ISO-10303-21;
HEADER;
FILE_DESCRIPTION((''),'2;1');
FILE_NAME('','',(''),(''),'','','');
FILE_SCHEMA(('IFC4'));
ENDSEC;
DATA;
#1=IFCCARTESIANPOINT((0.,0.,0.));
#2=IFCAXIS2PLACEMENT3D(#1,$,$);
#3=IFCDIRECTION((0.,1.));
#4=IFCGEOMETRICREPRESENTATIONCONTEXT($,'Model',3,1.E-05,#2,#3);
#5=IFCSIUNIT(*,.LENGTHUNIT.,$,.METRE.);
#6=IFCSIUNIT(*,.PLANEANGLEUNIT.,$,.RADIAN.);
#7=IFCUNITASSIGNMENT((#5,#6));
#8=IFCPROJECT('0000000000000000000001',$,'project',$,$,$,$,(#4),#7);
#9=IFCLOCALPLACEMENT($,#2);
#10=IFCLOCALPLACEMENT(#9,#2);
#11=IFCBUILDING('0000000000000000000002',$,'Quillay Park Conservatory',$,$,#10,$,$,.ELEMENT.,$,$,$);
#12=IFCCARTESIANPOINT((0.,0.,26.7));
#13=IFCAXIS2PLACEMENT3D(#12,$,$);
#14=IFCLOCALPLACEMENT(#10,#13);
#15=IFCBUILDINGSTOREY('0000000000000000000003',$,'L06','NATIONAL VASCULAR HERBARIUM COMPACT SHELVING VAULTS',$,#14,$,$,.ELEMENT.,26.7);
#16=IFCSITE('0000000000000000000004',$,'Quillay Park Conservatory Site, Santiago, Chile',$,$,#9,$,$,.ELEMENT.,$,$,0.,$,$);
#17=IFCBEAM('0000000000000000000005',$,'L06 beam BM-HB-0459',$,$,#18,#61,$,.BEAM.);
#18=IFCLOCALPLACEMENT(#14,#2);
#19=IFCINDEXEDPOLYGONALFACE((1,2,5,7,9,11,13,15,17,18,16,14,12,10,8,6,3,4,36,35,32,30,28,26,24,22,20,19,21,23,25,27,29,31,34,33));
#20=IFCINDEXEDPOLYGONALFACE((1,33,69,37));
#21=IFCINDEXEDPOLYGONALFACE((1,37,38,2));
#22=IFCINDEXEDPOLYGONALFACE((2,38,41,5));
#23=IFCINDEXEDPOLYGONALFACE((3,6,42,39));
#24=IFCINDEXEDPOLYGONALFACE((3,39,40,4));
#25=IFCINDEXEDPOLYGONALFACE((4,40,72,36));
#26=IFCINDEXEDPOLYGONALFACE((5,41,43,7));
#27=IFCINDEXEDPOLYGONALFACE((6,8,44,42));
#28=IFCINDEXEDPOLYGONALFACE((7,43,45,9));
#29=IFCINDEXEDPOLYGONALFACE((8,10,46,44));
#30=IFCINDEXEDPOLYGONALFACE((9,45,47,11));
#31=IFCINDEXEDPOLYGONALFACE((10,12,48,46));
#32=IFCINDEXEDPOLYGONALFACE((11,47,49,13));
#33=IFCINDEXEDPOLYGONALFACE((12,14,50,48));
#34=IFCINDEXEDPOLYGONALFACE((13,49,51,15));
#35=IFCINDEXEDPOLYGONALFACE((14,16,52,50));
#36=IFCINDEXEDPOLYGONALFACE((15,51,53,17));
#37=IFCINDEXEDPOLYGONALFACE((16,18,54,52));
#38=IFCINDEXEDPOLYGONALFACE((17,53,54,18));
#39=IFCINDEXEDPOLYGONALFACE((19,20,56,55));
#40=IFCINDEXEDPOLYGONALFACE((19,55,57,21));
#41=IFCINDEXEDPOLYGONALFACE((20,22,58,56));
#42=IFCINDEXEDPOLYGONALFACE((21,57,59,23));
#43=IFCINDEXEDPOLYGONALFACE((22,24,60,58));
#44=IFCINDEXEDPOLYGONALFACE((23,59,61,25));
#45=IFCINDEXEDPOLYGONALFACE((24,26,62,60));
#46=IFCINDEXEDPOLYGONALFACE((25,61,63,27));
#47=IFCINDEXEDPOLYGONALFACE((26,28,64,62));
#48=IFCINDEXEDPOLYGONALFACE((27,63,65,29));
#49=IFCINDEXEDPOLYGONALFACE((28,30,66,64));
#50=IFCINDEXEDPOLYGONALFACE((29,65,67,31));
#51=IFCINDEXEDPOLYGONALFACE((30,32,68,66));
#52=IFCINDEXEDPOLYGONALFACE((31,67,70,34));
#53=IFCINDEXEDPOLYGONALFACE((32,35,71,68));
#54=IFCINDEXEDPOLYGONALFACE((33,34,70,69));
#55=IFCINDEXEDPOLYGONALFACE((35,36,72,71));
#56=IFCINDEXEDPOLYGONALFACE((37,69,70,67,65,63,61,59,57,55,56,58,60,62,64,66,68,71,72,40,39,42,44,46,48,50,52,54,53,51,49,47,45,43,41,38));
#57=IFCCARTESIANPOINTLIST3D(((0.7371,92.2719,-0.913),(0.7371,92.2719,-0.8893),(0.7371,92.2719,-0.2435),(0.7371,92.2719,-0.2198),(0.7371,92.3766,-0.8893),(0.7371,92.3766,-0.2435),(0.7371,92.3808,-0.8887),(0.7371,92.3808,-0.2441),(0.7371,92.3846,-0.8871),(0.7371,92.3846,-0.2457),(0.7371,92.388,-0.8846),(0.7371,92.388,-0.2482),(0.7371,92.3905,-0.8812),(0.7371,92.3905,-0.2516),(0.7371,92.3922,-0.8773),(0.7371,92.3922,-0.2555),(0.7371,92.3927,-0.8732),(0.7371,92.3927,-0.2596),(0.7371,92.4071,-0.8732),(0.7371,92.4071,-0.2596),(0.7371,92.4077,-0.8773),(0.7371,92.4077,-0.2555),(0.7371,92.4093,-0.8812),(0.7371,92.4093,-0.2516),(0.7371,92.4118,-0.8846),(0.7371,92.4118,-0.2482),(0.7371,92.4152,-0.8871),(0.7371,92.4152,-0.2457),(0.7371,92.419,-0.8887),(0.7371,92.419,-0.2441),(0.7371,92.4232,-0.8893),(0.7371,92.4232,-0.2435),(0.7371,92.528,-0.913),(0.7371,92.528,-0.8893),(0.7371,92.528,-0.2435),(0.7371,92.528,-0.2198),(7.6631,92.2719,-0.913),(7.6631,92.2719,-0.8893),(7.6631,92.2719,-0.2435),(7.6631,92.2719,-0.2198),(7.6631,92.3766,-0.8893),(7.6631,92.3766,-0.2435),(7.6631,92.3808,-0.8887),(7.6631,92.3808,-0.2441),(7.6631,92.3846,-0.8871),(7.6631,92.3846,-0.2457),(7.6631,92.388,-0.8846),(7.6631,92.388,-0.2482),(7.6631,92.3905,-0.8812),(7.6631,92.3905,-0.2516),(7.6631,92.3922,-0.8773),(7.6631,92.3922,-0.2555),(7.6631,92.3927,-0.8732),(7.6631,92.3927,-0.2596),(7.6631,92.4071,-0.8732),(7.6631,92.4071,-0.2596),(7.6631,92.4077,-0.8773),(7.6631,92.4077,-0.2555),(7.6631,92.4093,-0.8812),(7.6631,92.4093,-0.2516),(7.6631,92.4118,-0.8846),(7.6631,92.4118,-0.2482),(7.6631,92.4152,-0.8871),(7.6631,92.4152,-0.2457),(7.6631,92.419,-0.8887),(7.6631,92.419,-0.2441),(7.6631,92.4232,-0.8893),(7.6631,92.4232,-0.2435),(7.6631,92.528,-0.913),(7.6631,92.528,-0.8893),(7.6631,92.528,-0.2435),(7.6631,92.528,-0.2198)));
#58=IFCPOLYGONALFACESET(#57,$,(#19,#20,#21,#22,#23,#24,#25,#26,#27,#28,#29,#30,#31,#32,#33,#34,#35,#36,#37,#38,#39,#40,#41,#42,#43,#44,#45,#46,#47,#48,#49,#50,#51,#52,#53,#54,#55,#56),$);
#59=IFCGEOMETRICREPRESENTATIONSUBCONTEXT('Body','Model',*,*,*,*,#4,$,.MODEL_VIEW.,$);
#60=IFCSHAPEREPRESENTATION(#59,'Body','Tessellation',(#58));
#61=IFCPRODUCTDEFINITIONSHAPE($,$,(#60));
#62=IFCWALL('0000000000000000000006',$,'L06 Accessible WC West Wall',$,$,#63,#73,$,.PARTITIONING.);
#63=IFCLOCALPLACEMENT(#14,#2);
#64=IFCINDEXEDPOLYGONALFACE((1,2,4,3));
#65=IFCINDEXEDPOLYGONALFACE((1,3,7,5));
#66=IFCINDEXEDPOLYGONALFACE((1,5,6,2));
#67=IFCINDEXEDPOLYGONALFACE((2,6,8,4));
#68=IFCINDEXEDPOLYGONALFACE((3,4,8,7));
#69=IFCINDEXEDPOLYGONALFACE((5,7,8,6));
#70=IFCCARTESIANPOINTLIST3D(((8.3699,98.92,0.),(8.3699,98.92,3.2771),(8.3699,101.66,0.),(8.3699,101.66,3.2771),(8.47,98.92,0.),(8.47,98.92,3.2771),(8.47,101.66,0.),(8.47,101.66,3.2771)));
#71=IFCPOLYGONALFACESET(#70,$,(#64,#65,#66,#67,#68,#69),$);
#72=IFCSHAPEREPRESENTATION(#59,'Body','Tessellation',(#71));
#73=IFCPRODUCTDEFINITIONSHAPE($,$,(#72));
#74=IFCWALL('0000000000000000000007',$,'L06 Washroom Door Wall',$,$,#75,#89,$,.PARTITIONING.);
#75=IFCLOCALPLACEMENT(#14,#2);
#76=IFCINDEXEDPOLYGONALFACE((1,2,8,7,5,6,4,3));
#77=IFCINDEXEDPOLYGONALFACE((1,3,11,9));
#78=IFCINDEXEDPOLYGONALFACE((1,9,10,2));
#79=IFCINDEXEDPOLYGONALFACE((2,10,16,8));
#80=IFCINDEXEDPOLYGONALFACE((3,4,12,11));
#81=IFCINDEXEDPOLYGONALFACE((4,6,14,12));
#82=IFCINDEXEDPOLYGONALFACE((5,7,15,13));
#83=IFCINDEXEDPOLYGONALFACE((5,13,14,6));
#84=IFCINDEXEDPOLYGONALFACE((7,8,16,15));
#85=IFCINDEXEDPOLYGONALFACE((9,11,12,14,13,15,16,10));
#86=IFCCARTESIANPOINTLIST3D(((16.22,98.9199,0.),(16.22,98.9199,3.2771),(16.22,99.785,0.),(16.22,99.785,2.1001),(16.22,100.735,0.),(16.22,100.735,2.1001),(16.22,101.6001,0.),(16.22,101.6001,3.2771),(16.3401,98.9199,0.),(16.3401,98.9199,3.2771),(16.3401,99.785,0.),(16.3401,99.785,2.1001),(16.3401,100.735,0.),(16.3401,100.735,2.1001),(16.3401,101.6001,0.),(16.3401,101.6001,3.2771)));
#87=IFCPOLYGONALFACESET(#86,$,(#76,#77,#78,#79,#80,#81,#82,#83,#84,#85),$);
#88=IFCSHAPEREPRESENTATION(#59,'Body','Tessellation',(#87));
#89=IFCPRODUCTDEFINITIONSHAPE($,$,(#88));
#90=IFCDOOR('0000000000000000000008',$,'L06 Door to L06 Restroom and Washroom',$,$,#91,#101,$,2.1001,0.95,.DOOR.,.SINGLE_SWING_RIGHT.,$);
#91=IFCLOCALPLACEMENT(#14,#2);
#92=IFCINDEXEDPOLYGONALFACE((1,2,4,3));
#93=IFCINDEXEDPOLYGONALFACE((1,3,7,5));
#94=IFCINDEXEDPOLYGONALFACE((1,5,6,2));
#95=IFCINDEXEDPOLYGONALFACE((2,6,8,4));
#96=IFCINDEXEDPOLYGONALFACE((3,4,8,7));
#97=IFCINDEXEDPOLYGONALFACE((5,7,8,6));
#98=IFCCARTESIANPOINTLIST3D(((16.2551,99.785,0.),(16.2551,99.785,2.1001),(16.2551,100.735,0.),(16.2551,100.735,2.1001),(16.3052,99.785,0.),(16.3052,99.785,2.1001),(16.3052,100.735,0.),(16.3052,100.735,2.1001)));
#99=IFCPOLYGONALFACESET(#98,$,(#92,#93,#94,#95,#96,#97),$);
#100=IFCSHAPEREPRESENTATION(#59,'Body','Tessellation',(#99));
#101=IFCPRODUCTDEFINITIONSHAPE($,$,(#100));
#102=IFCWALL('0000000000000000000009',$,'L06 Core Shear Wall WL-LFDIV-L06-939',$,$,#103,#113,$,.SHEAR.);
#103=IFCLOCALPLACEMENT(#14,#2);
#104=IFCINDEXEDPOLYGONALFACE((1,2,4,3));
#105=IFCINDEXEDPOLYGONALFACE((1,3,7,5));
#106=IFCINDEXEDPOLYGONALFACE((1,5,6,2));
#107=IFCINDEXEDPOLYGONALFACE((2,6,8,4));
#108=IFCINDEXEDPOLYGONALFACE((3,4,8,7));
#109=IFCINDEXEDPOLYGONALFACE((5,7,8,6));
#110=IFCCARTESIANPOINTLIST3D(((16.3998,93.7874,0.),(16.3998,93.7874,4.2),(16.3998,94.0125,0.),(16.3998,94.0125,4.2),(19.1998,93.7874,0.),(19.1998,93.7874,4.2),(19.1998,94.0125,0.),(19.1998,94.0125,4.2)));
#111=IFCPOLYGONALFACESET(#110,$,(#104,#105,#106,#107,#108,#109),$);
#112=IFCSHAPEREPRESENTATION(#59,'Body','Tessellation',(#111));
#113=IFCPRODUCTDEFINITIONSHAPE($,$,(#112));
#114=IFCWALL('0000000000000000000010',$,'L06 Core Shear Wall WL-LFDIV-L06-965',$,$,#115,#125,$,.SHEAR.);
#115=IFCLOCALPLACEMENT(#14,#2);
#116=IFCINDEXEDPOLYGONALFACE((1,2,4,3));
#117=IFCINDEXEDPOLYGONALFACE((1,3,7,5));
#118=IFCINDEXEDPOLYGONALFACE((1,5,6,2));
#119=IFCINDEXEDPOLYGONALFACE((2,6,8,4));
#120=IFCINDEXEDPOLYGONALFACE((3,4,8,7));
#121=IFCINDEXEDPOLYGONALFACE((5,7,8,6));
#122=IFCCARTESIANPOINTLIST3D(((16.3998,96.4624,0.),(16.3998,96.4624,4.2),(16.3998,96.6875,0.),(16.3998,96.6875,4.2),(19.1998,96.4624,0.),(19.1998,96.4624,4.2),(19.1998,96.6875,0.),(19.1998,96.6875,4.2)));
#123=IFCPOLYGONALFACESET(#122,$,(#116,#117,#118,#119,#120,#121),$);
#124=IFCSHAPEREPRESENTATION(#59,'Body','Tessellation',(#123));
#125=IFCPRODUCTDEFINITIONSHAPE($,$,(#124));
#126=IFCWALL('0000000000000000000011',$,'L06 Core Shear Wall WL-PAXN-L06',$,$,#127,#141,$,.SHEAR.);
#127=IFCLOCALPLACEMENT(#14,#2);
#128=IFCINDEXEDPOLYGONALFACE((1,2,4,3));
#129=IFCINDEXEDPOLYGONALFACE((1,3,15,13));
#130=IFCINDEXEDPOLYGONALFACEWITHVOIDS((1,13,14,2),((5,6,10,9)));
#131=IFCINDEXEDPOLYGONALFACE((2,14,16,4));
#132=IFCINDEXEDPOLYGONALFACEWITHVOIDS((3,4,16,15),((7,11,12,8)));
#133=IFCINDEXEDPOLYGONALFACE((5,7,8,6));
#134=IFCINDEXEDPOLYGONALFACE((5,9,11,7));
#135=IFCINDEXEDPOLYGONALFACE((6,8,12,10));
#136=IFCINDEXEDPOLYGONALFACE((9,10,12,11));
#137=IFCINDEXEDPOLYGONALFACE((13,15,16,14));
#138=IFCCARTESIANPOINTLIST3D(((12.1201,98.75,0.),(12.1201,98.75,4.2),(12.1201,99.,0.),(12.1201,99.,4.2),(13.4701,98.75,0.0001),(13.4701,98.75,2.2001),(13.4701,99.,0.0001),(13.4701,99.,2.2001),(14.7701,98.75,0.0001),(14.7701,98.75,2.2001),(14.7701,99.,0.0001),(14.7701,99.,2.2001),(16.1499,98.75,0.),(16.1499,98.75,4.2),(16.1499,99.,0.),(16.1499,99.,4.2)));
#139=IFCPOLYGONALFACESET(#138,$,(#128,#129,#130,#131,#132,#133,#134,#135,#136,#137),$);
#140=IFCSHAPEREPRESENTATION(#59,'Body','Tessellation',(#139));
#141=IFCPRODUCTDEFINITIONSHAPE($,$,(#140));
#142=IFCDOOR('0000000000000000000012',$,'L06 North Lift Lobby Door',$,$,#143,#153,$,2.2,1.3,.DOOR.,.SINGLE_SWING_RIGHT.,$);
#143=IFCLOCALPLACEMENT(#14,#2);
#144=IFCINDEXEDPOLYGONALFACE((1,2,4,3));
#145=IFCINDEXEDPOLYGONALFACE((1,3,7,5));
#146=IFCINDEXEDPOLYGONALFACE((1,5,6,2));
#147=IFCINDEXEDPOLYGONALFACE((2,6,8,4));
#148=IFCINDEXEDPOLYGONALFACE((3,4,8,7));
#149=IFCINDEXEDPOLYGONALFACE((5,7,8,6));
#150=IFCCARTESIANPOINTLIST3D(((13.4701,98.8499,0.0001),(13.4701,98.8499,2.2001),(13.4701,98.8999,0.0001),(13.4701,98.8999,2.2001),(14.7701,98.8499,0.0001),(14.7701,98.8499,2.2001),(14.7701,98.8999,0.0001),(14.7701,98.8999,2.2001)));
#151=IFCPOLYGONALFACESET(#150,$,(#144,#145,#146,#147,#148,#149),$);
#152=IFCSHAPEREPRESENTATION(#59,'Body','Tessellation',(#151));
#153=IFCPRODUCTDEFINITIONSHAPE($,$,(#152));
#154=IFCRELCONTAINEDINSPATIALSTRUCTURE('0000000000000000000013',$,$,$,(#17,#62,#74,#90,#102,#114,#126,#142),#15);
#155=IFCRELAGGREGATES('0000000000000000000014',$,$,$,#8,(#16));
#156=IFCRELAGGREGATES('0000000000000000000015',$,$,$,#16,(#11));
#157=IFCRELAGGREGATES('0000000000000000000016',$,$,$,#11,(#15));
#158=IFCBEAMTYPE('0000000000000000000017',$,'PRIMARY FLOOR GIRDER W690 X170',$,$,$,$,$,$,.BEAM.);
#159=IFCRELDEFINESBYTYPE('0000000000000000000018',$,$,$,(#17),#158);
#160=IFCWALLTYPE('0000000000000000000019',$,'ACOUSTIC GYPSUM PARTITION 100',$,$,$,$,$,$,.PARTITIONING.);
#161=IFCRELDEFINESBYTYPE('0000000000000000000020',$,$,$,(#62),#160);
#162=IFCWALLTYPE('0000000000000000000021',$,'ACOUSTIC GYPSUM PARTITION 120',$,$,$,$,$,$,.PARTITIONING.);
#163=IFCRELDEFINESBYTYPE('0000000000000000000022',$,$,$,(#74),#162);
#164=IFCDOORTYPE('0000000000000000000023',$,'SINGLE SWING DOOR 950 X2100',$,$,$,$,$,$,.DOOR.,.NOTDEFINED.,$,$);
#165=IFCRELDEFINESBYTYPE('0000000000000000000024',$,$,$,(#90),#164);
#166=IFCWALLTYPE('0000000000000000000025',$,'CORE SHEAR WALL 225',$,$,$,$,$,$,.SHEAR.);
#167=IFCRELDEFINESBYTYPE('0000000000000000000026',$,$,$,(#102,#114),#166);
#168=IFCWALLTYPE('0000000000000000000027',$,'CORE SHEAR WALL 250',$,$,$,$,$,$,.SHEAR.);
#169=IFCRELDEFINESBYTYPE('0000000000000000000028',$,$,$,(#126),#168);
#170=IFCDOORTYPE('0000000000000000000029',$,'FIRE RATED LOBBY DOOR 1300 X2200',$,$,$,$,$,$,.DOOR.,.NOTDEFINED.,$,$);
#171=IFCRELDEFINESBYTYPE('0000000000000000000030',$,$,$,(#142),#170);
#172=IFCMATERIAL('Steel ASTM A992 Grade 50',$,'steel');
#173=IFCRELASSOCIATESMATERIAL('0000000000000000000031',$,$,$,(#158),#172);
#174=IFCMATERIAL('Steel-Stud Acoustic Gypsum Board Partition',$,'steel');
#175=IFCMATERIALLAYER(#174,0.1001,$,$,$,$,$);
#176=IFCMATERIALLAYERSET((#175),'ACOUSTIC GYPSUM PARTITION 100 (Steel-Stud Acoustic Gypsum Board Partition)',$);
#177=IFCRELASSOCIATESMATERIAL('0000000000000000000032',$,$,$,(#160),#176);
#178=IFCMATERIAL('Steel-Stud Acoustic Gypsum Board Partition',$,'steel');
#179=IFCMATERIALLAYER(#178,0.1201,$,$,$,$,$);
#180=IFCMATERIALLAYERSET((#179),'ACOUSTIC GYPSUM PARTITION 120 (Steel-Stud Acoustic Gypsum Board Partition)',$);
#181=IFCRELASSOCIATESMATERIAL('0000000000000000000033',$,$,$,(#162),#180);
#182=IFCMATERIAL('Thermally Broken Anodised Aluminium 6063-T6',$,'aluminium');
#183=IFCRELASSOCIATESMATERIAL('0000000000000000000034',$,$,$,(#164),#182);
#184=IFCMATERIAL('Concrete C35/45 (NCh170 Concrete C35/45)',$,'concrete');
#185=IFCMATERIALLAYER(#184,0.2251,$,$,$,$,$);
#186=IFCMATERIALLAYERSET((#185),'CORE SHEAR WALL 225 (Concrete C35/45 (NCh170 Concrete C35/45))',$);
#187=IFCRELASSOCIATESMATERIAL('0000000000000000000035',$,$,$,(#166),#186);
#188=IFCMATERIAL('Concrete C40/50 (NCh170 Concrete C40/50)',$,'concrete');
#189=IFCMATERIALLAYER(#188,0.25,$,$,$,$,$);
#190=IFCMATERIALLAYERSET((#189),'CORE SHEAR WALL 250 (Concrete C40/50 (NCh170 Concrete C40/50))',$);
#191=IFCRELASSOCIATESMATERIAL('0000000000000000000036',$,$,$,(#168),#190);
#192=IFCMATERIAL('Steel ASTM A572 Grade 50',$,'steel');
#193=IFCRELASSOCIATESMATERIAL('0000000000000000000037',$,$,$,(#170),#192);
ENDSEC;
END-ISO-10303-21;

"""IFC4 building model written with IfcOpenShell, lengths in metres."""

from ifc_helpers import new_model, si_unit, direction, frame, frame_2d, origin, origin_2d, place, context, subcontext, project, spatial, rectangle, i_section, extrude, material, layer, layer_set, material_profile, profile_set, type_object, element, fill, save


model = new_model("IFC4")

# Units and contexts
model_context = context("Model", 3, precision=1e-05, world=origin(), true_north=direction((0.0, 1.0)))
body_context = subcontext(model_context, "Body", "Model", "MODEL_VIEW")
ifc_project = project(units=[si_unit("LENGTHUNIT", "METRE"), si_unit("PLANEANGLEUNIT", "RADIAN")], contexts=[model_context])

# Site, building, storey
site_placement = place(None, origin())
site = spatial("IfcSite", under=ifc_project, at=site_placement, Name="Quillay Park Conservatory Site, Santiago, Chile", CompositionType="ELEMENT", RefElevation=0.0)
building_placement = place(site_placement, origin())
building = spatial("IfcBuilding", under=site, at=building_placement, Name="Quillay Park Conservatory", CompositionType="ELEMENT")
storey_placement = place(building_placement, frame((0.0, 0.0, 26.7)))
storey = spatial("IfcBuildingStorey", under=building, at=storey_placement, Name="L06", Description="NATIONAL VASCULAR HERBARIUM COMPACT SHELVING VAULTS", CompositionType="ELEMENT", Elevation=26.7)

# Beam
ifc_material_1 = material(Name="Steel ASTM A992 Grade 50", Category="steel")
ifc_material_profile_1 = material_profile(ifc_material_1, i_section(OverallWidth=0.2561, OverallDepth=0.6931, WebThickness=0.0144, FlangeThickness=0.0237, FilletRadius=0.0161, at=origin_2d()), Name="W690x170")
ifc_profile_set_1 = profile_set([ifc_material_profile_1], Name="Steel ASTM A992 Grade 50")
beam_type_1 = type_object("IfcBeamType", Name="PRIMARY FLOOR GIRDER W690 X170", PredefinedType="BEAM", material=ifc_profile_set_1)
beam_1_placement = place(storey_placement, frame((0.7371, 92.3999, -0.5664), z_axis=(1.0, 0.0, 0.0), x_axis=(0.0, 1.0, 0.0)))
element("IfcBeam", 1, at=beam_1_placement, inside=storey, type_object=beam_type_1, Name="L06 beam BM-HB-0459", PredefinedType="BEAM", context=body_context, shape_type="SweptSolid", body=[
    extrude(i_section(OverallWidth=0.2561, OverallDepth=0.6931, WebThickness=0.0144, FlangeThickness=0.0237, FilletRadius=0.0161, at=origin_2d()), origin(), (0.0, 0.0, 1.0), 6.926),
])

# Wall
ifc_material_2 = material(Name="Steel-Stud Acoustic Gypsum Board Partition", Category="steel")
ifc_layer_1 = layer(ifc_material_2, 0.1001)
ifc_layer_set_1 = layer_set([ifc_layer_1], Name="ACOUSTIC GYPSUM PARTITION 100 (Steel-Stud Acoustic Gypsum Board Partition)")
wall_type_1 = type_object("IfcWallType", Name="ACOUSTIC GYPSUM PARTITION 100", PredefinedType="PARTITIONING", material=ifc_layer_set_1)
wall_1_placement = place(storey_placement, frame((8.4199, 98.9199, 0.0), z_axis=(0.0, 0.0, 1.0), x_axis=(0.0, 1.0, 0.0)))
element("IfcWall", 2, at=wall_1_placement, inside=storey, type_object=wall_type_1, Name="L06 Accessible WC West Wall", PredefinedType="PARTITIONING", context=body_context, shape_type="SweptSolid", body=[
    extrude(rectangle(XDim=2.74, YDim=0.1001, at=frame_2d((1.3701, 0.0))), origin(), (0.0, 0.0, 1.0), 3.2771),
])

# Wall, opening, door
ifc_material_3 = material(Name="Steel-Stud Acoustic Gypsum Board Partition", Category="steel")
ifc_layer_2 = layer(ifc_material_3, 0.1201)
ifc_layer_set_2 = layer_set([ifc_layer_2], Name="ACOUSTIC GYPSUM PARTITION 120 (Steel-Stud Acoustic Gypsum Board Partition)")
wall_type_2 = type_object("IfcWallType", Name="ACOUSTIC GYPSUM PARTITION 120", PredefinedType="PARTITIONING", material=ifc_layer_set_2)
wall_2_placement = place(storey_placement, frame((16.28, 98.9199, 0.0), z_axis=(0.0, 0.0, 1.0), x_axis=(0.0, 1.0, 0.0)))
wall_2 = element("IfcWall", 3, at=wall_2_placement, inside=storey, type_object=wall_type_2, Name="L06 Washroom Door Wall", PredefinedType="PARTITIONING", context=body_context, shape_type="SweptSolid", body=[
    extrude(rectangle(XDim=2.6802, YDim=0.1201, at=frame_2d((1.3401, 0.0))), origin(), (0.0, 0.0, 1.0), 3.2771),
])
opening_1_placement = place(wall_2_placement, frame((0.865, 0.0, 0.0)))
opening_1 = element("IfcOpeningElement", 4, at=opening_1_placement, cuts=wall_2, PredefinedType="OPENING", context=body_context, shape_type="SweptSolid", body=[
    extrude(rectangle(XDim=0.95, YDim=2.1001, at=frame_2d((0.4751, 1.05))), frame((0.0, 0.0601, 0.0), z_axis=(0.0, -1.0, 0.0), x_axis=(1.0, 0.0, 0.0)), (0.0, 0.0, 1.0), 0.1201),
])
ifc_material_4 = material(Name="Thermally Broken Anodised Aluminium 6063-T6", Category="aluminium")
door_type_1 = type_object("IfcDoorType", Name="SINGLE SWING DOOR 950 X2100", OperationType="NOTDEFINED", PredefinedType="DOOR", material=ifc_material_4)
door_1_placement = place(opening_1_placement, origin())
door_1 = element("IfcDoor", 5, at=door_1_placement, inside=storey, type_object=door_type_1, Name="L06 Door to L06 Restroom and Washroom", OperationType="SINGLE_SWING_RIGHT", OverallHeight=2.1001, OverallWidth=0.95, PredefinedType="DOOR", context=body_context, shape_type="SweptSolid", body=[
    extrude(rectangle(XDim=0.95, YDim=2.1001, at=frame_2d((0.4751, 1.05))), frame((0.0, 0.0249, 0.0), z_axis=(0.0, -1.0, 0.0), x_axis=(1.0, 0.0, 0.0)), (0.0, 0.0, 1.0), 0.05),
])
fill(opening_1, door_1)

# Walls
ifc_material_5 = material(Name="Concrete C35/45 (NCh170 Concrete C35/45)", Category="concrete")
ifc_layer_3 = layer(ifc_material_5, 0.2251)
ifc_layer_set_3 = layer_set([ifc_layer_3], Name="CORE SHEAR WALL 225 (Concrete C35/45 (NCh170 Concrete C35/45))")
wall_type_3 = type_object("IfcWallType", Name="CORE SHEAR WALL 225", PredefinedType="SHEAR", material=ifc_layer_set_3)
for number, where, z_axis, x_axis, name in (
    (6, (16.3999, 93.8999, 0.0), (0.0, 0.0, 1.0), (1.0, 0.0, 0.0), "L06 Core Shear Wall WL-LFDIV-L06-939"),
    (7, (16.3999, 96.575, 0.0), (0.0, 0.0, 1.0), (1.0, 0.0, 0.0), "L06 Core Shear Wall WL-LFDIV-L06-965"),
):
    element("IfcWall", number, at=place(storey_placement, frame(where, z_axis=z_axis, x_axis=x_axis)), inside=storey, type_object=wall_type_3, Name=name, PredefinedType="SHEAR", context=body_context, shape_type="SweptSolid", body=[
        extrude(rectangle(XDim=2.8, YDim=0.2251, at=frame_2d((1.3999, 0.0))), origin(), (0.0, 0.0, 1.0), 4.2),
    ])

# Wall, opening, door
ifc_material_6 = material(Name="Concrete C40/50 (NCh170 Concrete C40/50)", Category="concrete")
ifc_layer_4 = layer(ifc_material_6, 0.25)
ifc_layer_set_4 = layer_set([ifc_layer_4], Name="CORE SHEAR WALL 250 (Concrete C40/50 (NCh170 Concrete C40/50))")
wall_type_4 = type_object("IfcWallType", Name="CORE SHEAR WALL 250", PredefinedType="SHEAR", material=ifc_layer_set_4)
wall_3_placement = place(storey_placement, frame((12.1201, 98.875, 0.0), z_axis=(0.0, 0.0, 1.0), x_axis=(1.0, 0.0, 0.0)))
wall_3 = element("IfcWall", 8, at=wall_3_placement, inside=storey, type_object=wall_type_4, Name="L06 Core Shear Wall WL-PAXN-L06", PredefinedType="SHEAR", context=body_context, shape_type="SweptSolid", body=[
    extrude(rectangle(XDim=4.0298, YDim=0.25, at=frame_2d((2.0149, 0.0))), origin(), (0.0, 0.0, 1.0), 4.2),
])
opening_2_placement = place(wall_3_placement, frame((1.3501, 0.0, 0.0)))
opening_2 = element("IfcOpeningElement", 9, at=opening_2_placement, cuts=wall_3, PredefinedType="OPENING", context=body_context, shape_type="SweptSolid", body=[
    extrude(rectangle(XDim=1.3, YDim=2.2, at=frame_2d((0.6499, 1.1001))), frame((0.0, 0.125, 0.0), z_axis=(0.0, -1.0, 0.0), x_axis=(1.0, 0.0, 0.0)), (0.0, 0.0, 1.0), 0.25),
])
ifc_material_7 = material(Name="Steel ASTM A572 Grade 50", Category="steel")
door_type_2 = type_object("IfcDoorType", Name="FIRE RATED LOBBY DOOR 1300 X2200", OperationType="NOTDEFINED", PredefinedType="DOOR", material=ifc_material_7)
door_2_placement = place(opening_2_placement, origin())
door_2 = element("IfcDoor", 10, at=door_2_placement, inside=storey, type_object=door_type_2, Name="L06 North Lift Lobby Door", OperationType="SINGLE_SWING_RIGHT", OverallHeight=2.2, OverallWidth=1.3, PredefinedType="DOOR", context=body_context, shape_type="SweptSolid", body=[
    extrude(rectangle(XDim=1.3, YDim=2.2, at=frame_2d((0.6499, 1.1001))), frame((0.0, 0.0249, 0.0), z_axis=(0.0, -1.0, 0.0), x_axis=(1.0, 0.0, 0.0)), (0.0, 0.0, 1.0), 0.05),
])
fill(opening_2, door_2)

save(model, "model.ifc")
